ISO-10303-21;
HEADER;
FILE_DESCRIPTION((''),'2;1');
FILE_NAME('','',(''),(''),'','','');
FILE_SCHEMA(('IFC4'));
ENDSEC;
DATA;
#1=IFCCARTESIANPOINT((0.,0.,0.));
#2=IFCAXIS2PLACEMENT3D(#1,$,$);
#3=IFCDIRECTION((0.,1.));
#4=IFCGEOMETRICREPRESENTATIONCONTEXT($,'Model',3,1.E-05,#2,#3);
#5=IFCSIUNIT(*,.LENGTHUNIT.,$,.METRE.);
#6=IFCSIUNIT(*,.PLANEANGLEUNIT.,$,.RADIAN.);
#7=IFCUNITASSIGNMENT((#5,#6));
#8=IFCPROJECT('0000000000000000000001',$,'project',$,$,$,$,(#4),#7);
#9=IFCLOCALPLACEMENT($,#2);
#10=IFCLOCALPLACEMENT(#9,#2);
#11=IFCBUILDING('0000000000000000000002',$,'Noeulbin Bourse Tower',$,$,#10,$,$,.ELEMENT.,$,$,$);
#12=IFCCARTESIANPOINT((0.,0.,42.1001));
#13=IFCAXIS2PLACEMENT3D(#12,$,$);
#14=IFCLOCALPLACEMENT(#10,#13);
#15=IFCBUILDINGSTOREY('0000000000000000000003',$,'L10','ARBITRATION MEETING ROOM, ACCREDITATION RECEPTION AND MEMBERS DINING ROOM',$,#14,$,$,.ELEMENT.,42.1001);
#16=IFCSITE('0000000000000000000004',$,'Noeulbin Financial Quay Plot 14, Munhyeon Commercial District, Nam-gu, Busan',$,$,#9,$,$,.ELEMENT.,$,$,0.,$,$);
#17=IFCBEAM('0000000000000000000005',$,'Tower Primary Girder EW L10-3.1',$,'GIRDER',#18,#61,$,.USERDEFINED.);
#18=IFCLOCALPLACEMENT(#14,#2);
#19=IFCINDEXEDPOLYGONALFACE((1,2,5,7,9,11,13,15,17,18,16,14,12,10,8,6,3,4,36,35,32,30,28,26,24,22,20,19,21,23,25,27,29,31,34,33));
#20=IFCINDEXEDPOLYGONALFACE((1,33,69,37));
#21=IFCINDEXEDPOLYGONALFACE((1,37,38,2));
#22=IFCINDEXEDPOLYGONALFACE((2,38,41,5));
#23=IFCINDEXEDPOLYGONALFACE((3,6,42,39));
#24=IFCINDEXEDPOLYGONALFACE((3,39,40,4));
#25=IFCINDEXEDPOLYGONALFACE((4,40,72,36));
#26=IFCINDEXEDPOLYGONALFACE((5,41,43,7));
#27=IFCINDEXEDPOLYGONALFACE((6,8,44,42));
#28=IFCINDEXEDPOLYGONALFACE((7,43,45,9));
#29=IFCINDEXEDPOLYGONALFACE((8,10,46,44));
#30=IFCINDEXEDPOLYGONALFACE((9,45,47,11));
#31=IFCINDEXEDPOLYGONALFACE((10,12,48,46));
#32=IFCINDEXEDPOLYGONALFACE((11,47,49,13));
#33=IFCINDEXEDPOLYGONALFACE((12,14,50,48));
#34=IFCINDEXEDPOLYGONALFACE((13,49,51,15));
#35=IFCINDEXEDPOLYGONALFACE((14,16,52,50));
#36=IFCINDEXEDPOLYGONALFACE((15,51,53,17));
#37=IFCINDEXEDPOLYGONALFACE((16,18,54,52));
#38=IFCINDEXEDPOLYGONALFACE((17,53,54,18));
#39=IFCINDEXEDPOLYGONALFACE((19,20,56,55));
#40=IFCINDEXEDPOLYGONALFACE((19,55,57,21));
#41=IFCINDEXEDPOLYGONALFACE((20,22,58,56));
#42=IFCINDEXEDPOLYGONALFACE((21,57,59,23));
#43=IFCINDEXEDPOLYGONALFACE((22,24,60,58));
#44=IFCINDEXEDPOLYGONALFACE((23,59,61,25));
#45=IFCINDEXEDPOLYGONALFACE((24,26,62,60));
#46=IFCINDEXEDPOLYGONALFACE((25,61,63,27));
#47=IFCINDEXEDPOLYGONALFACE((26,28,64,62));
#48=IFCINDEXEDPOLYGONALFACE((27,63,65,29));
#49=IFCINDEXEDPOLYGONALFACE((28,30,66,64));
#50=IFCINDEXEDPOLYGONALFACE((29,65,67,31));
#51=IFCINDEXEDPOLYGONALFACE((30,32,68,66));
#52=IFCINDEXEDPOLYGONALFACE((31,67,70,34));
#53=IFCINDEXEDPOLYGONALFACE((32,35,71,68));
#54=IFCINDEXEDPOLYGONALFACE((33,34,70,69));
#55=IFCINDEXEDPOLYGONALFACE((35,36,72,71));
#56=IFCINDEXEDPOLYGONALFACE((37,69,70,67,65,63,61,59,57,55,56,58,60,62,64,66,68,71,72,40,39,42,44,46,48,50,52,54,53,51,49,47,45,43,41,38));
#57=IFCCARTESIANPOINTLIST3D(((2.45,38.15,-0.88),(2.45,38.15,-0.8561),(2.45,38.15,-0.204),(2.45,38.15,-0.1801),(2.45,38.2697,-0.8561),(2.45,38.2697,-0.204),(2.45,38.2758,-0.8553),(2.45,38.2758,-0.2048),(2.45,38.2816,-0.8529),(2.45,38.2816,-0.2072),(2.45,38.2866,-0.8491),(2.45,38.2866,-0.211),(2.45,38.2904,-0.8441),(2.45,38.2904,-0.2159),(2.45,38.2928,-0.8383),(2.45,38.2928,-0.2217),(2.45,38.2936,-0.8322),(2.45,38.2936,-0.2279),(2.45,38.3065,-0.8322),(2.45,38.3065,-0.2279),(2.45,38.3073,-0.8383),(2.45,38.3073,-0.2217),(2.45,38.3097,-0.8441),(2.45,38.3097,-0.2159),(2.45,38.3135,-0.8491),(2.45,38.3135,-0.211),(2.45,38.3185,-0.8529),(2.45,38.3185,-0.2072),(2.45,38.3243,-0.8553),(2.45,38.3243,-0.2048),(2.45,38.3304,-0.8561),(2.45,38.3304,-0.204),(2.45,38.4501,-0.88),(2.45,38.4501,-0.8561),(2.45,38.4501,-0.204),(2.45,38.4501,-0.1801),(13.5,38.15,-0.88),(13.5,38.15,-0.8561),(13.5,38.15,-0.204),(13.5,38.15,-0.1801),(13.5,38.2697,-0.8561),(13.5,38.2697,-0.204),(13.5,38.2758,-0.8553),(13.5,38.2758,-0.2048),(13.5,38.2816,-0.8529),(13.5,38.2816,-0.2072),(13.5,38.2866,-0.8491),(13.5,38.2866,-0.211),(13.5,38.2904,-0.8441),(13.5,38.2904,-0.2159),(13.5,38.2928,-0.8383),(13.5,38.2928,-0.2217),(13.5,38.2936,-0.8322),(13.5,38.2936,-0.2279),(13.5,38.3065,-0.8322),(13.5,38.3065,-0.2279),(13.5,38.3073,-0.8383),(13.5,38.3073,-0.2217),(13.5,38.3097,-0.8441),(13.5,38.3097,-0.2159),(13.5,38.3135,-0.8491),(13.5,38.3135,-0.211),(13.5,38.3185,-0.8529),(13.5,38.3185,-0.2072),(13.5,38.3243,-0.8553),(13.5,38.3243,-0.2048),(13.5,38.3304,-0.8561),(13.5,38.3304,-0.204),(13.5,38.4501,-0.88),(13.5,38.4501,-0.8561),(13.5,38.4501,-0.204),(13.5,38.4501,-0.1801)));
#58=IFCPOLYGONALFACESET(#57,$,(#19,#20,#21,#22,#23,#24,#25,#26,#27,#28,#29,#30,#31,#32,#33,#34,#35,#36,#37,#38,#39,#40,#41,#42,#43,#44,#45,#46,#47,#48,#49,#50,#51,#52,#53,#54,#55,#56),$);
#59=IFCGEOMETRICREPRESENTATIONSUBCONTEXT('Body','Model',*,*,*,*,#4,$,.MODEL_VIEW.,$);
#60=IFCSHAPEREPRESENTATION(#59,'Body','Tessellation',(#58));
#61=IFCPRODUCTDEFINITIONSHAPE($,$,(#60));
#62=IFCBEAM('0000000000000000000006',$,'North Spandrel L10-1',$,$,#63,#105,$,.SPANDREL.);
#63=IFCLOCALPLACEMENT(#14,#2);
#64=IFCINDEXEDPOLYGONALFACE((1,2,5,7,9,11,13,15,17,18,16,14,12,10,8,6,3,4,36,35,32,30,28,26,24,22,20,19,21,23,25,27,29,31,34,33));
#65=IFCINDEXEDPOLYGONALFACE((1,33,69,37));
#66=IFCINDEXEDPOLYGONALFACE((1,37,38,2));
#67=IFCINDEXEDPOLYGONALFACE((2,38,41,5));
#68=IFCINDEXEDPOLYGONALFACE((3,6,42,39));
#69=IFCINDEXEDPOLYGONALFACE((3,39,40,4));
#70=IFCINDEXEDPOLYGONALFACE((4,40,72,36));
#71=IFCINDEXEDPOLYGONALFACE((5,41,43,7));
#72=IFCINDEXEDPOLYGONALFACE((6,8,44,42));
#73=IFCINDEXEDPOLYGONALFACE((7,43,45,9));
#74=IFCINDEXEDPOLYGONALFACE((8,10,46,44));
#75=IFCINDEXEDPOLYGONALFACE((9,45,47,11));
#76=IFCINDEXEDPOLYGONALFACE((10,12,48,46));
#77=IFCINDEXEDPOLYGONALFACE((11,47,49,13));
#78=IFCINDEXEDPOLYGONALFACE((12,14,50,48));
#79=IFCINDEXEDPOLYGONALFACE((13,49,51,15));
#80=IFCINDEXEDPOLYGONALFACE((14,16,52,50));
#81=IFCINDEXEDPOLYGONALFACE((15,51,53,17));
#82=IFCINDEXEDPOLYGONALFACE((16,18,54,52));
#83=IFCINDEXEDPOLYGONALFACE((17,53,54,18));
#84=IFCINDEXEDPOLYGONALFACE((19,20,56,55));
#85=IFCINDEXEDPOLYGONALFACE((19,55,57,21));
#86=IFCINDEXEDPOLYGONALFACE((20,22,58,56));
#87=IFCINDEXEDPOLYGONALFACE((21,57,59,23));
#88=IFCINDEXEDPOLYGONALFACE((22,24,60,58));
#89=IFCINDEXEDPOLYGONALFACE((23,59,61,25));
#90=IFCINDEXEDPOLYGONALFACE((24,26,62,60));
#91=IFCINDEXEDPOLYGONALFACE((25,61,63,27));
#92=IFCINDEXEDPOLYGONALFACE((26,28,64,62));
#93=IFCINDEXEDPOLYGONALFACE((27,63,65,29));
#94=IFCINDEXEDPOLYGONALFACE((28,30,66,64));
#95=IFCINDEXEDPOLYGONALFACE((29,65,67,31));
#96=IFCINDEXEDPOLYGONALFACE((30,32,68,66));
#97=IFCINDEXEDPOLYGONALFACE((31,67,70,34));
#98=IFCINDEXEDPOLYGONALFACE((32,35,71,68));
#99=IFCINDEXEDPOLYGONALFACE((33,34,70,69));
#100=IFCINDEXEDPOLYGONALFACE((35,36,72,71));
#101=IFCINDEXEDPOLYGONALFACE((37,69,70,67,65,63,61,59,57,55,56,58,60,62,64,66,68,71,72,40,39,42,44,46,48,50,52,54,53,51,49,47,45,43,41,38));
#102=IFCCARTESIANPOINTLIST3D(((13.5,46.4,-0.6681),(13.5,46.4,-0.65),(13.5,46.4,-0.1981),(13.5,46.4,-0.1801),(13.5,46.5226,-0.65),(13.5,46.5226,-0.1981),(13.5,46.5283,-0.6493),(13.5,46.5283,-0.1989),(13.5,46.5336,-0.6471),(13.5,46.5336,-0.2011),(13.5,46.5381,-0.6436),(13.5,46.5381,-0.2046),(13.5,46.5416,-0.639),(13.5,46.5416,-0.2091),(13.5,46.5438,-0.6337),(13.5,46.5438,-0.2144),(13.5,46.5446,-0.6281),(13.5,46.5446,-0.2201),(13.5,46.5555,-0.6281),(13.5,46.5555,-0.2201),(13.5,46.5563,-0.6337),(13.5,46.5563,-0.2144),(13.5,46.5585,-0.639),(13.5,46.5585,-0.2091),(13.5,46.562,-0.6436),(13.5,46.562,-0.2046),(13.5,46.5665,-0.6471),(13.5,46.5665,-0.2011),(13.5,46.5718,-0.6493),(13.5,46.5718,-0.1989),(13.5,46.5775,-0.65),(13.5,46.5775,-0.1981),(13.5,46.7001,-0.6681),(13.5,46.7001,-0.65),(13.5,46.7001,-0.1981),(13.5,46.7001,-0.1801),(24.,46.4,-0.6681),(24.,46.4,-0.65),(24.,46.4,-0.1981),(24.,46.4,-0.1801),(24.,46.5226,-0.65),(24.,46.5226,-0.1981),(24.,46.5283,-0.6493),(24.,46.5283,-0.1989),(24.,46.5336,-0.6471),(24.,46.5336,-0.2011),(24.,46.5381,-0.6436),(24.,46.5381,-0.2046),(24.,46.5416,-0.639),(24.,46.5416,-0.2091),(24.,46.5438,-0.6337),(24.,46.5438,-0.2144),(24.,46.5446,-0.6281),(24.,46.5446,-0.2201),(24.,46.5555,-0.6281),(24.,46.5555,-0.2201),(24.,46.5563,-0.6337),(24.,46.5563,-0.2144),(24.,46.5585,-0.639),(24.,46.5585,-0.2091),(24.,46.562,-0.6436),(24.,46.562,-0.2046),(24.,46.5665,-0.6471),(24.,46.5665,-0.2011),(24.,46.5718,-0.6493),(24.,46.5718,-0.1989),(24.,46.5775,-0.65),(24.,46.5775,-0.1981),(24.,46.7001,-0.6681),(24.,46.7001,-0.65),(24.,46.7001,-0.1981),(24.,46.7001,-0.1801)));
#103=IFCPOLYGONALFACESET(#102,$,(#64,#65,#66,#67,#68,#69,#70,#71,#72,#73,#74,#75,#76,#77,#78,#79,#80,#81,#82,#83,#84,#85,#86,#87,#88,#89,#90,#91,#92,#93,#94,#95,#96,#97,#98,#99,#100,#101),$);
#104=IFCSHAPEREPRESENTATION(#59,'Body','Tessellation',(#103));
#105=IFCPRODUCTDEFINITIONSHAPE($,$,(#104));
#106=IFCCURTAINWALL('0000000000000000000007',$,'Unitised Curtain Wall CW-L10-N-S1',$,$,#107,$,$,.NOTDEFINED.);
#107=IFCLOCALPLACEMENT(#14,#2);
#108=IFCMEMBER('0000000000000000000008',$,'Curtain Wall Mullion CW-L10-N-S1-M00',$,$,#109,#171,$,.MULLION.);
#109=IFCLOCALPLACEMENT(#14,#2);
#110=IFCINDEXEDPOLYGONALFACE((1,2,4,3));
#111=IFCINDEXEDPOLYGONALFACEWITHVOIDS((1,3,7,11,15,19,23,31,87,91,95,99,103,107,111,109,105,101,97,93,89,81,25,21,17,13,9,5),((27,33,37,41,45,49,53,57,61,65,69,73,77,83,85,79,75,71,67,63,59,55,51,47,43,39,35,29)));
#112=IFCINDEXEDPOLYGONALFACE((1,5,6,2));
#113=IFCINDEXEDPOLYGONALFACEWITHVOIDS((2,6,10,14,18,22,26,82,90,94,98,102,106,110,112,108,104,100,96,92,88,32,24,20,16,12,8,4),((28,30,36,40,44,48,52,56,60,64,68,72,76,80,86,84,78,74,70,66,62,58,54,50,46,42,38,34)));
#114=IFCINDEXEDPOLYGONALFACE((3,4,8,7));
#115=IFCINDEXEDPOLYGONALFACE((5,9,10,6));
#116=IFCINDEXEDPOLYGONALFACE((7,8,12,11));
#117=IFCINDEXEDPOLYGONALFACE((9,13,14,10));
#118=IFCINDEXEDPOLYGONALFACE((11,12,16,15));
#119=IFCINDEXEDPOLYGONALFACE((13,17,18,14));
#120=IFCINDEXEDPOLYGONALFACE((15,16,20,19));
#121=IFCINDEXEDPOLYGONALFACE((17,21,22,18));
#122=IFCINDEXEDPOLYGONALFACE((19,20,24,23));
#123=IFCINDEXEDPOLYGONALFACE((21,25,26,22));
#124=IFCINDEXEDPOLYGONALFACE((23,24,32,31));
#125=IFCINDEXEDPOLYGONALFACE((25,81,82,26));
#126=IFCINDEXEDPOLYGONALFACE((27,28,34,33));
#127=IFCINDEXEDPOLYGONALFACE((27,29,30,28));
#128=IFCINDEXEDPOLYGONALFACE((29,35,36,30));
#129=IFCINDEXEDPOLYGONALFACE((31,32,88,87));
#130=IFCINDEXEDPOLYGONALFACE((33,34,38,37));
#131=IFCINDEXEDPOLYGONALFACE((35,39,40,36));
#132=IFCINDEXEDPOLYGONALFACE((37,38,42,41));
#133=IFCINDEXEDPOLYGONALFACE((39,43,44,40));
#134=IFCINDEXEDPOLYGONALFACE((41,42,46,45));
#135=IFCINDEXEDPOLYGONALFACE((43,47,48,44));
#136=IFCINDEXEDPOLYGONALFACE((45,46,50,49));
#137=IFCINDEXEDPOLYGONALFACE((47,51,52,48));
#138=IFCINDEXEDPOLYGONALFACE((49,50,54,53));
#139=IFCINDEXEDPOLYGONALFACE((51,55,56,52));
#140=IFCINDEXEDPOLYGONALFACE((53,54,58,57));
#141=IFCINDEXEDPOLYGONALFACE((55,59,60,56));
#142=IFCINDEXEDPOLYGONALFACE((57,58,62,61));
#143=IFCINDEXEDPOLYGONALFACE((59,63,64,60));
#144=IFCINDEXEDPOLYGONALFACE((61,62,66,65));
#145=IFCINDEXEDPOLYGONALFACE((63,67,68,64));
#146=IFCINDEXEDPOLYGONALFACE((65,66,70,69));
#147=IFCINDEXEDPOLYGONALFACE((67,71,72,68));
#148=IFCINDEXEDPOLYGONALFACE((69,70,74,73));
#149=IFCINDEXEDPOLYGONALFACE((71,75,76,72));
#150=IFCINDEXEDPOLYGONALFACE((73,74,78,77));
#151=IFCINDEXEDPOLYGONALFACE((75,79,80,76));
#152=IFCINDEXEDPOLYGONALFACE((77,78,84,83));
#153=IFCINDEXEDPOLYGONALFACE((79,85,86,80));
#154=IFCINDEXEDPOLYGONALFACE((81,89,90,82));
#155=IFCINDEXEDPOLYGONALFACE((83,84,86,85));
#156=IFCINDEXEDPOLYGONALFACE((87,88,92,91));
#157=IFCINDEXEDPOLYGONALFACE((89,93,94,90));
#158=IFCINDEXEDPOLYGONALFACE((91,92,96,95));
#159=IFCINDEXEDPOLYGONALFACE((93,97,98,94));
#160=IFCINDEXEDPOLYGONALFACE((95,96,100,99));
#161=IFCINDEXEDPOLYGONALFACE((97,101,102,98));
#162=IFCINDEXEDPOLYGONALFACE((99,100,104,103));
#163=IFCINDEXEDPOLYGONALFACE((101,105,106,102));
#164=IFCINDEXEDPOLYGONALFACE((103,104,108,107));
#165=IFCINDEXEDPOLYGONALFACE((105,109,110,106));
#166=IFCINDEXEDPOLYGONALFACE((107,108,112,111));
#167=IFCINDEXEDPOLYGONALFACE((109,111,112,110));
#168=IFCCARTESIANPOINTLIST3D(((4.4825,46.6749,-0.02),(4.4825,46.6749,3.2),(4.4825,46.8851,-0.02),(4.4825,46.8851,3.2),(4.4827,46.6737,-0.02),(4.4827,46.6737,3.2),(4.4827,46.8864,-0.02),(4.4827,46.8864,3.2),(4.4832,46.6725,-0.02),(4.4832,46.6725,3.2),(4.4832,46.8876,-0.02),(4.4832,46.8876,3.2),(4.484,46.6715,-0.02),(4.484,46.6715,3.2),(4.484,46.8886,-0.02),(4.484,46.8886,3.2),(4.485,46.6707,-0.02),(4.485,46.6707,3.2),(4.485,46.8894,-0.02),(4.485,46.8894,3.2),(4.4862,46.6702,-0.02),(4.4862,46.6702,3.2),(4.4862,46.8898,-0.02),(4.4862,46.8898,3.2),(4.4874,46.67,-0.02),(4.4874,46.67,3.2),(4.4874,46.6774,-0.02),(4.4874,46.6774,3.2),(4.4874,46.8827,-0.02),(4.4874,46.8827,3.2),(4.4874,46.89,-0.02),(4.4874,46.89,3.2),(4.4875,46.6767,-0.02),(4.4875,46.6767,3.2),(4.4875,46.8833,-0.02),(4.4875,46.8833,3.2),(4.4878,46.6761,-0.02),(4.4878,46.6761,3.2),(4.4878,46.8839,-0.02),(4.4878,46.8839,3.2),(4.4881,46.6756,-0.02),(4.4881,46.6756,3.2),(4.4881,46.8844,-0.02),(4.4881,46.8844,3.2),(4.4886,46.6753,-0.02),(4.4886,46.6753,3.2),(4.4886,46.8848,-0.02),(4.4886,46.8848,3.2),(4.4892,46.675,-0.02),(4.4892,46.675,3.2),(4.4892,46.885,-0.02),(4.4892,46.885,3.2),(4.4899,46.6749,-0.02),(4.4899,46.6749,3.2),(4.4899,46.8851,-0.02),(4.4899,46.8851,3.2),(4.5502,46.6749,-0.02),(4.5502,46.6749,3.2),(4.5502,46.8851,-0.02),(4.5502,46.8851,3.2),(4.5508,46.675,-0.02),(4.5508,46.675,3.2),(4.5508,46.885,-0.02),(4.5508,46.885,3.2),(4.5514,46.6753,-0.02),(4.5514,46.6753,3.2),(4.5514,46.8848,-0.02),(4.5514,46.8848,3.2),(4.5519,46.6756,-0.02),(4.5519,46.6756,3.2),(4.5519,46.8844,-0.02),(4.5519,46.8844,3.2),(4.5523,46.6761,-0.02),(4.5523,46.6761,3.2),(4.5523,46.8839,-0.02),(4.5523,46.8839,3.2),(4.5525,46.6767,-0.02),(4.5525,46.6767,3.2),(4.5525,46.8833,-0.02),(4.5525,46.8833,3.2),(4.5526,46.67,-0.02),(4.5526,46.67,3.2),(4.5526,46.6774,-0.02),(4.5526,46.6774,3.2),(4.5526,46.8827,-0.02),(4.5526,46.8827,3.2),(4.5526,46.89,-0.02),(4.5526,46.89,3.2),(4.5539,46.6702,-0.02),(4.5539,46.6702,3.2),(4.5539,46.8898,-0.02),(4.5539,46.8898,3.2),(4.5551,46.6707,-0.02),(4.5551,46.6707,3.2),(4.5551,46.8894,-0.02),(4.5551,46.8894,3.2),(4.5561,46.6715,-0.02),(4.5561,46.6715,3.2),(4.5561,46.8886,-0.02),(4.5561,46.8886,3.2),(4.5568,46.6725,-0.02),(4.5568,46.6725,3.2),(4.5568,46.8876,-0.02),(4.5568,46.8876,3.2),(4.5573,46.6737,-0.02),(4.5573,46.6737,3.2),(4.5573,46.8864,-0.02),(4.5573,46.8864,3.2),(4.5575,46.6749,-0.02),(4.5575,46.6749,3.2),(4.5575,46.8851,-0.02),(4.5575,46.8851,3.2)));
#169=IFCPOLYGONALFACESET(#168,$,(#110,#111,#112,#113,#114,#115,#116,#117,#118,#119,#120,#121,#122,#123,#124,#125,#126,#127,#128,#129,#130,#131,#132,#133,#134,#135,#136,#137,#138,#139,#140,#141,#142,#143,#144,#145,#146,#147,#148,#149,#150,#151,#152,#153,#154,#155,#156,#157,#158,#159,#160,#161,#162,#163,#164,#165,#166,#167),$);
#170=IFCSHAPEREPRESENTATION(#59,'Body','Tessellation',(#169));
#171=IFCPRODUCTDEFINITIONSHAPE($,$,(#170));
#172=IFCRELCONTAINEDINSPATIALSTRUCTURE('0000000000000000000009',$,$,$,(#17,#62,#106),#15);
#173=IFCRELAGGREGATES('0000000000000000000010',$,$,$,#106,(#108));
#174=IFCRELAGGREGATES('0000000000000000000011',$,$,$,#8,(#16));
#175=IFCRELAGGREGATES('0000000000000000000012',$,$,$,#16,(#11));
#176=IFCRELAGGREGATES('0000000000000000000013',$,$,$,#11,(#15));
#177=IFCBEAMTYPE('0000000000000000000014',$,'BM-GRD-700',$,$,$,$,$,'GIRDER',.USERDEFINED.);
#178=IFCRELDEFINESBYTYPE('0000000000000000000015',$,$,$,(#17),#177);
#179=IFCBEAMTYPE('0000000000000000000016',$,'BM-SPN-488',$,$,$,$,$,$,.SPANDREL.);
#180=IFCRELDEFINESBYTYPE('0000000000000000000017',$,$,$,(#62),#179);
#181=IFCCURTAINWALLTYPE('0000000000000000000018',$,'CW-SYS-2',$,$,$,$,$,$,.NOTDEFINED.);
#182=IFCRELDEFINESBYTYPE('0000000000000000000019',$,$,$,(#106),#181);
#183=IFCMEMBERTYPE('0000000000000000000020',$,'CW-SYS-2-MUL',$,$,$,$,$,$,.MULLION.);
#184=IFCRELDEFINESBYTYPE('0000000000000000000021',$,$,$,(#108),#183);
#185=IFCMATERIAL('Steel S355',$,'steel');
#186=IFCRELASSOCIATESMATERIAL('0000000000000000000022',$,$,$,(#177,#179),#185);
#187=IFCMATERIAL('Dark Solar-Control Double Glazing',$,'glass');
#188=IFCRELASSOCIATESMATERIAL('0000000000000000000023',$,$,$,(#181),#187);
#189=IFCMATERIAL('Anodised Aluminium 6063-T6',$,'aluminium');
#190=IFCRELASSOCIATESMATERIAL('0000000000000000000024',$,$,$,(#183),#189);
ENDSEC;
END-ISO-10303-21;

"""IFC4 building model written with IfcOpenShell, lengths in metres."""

from ifc_helpers import new_model, si_unit, direction, frame, origin, origin_2d, place, context, subcontext, project, spatial, hollow_rectangle, i_section, extrude, material, material_profile, profile_set, type_object, element, aggregate, save


model = new_model("IFC4")

# Units and contexts
model_context = context("Model", 3, precision=1e-05, world=origin(), true_north=direction((0.0, 1.0)))
body_context = subcontext(model_context, "Body", "Model", "MODEL_VIEW")
ifc_project = project(units=[si_unit("LENGTHUNIT", "METRE"), si_unit("PLANEANGLEUNIT", "RADIAN")], contexts=[model_context])

# Site, building, storey
site_placement = place(None, origin())
site = spatial("IfcSite", under=ifc_project, at=site_placement, Name="Noeulbin Financial Quay Plot 14, Munhyeon Commercial District, Nam-gu, Busan", CompositionType="ELEMENT", RefElevation=0.0)
building_placement = place(site_placement, origin())
building = spatial("IfcBuilding", under=site, at=building_placement, Name="Noeulbin Bourse Tower", CompositionType="ELEMENT")
storey_placement = place(building_placement, frame((0.0, 0.0, 42.1001)))
storey = spatial("IfcBuildingStorey", under=building, at=storey_placement, Name="L10", Description="ARBITRATION MEETING ROOM, ACCREDITATION RECEPTION AND MEMBERS DINING ROOM", CompositionType="ELEMENT", Elevation=42.1001)

# Beams
ifc_material_1 = material(Name="Steel S355", Category="steel")
ifc_material_profile_1 = material_profile(ifc_material_1, i_section(OverallWidth=0.3, OverallDepth=0.7, WebThickness=0.0129, FlangeThickness=0.0239, FilletRadius=0.0239, at=origin_2d()), Name="H-700x300x13x24", Category="LoadBearing")
ifc_profile_set_1 = profile_set([ifc_material_profile_1], Name="Steel S355")
beam_type_1 = type_object("IfcBeamType", Name="BM-GRD-700", ElementType="GIRDER", PredefinedType="USERDEFINED", material=ifc_profile_set_1)
beam_1_placement = place(storey_placement, frame((2.45, 38.3, -0.53), z_axis=(1.0, 0.0, 0.0), x_axis=(0.0, 1.0, 0.0)))
element("IfcBeam", 1, at=beam_1_placement, inside=storey, type_object=beam_type_1, Name="Tower Primary Girder EW L10-3.1", ObjectType="GIRDER", PredefinedType="USERDEFINED", context=body_context, shape_type="SweptSolid", body=[
    extrude(i_section(OverallWidth=0.3, OverallDepth=0.7, WebThickness=0.0129, FlangeThickness=0.0239, FilletRadius=0.0239, at=origin_2d()), origin(), (0.0, 0.0, 1.0), 11.05),
])
ifc_material_profile_2 = material_profile(ifc_material_1, i_section(OverallWidth=0.3, OverallDepth=0.488, WebThickness=0.011, FlangeThickness=0.0181, FilletRadius=0.022, at=origin_2d()), Name="H-488x300x11x18", Category="LoadBearing")
ifc_profile_set_2 = profile_set([ifc_material_profile_2], Name="Steel S355")
beam_type_2 = type_object("IfcBeamType", Name="BM-SPN-488", PredefinedType="SPANDREL", material=ifc_profile_set_2)
beam_2_placement = place(storey_placement, frame((13.5, 46.55, -0.4241), z_axis=(1.0, 0.0, 0.0), x_axis=(0.0, 1.0, 0.0)))
element("IfcBeam", 2, at=beam_2_placement, inside=storey, type_object=beam_type_2, Name="North Spandrel L10-1", PredefinedType="SPANDREL", context=body_context, shape_type="SweptSolid", body=[
    extrude(i_section(OverallWidth=0.3, OverallDepth=0.488, WebThickness=0.011, FlangeThickness=0.0181, FilletRadius=0.022, at=origin_2d()), origin(), (0.0, 0.0, 1.0), 10.5),
])

# Curtain wall, member
ifc_material_2 = material(Name="Dark Solar-Control Double Glazing", Category="glass")
curtain_wall_type = type_object("IfcCurtainWallType", Name="CW-SYS-2", PredefinedType="NOTDEFINED", material=ifc_material_2)
curtain_wall_1_placement = place(storey_placement, origin())
curtain_wall_1 = element("IfcCurtainWall", 3, at=curtain_wall_1_placement, inside=storey, type_object=curtain_wall_type, Name="Unitised Curtain Wall CW-L10-N-S1", PredefinedType="NOTDEFINED")
ifc_material_3 = material(Name="Anodised Aluminium 6063-T6", Category="aluminium")
ifc_material_profile_3 = material_profile(ifc_material_3, hollow_rectangle(XDim=0.075, YDim=0.22, WallThickness=0.0049, InnerFilletRadius=0.0024, OuterFilletRadius=0.0049, at=origin_2d()), Name="ALU-MULL-75x220x5", Category="LoadBearing")
ifc_profile_set_3 = profile_set([ifc_material_profile_3], Name="Anodised Aluminium 6063-T6")
member_type_1 = type_object("IfcMemberType", Name="CW-SYS-2-MUL", PredefinedType="MULLION", material=ifc_profile_set_3)
member_1_placement = place(storey_placement, frame((4.52, 46.78, -0.02), z_axis=(0.0, 0.0, 1.0), x_axis=(1.0, 0.0, 0.0)))
member_1 = element("IfcMember", 4, at=member_1_placement, type_object=member_type_1, Name="Curtain Wall Mullion CW-L10-N-S1-M00", PredefinedType="MULLION", context=body_context, shape_type="SweptSolid", body=[
    extrude(hollow_rectangle(XDim=0.075, YDim=0.22, WallThickness=0.0049, InnerFilletRadius=0.0024, OuterFilletRadius=0.0049, at=origin_2d()), origin(), (0.0, 0.0, 1.0), 3.22),
])

aggregate(curtain_wall_1, [member_1])

save(model, "model.ifc")
